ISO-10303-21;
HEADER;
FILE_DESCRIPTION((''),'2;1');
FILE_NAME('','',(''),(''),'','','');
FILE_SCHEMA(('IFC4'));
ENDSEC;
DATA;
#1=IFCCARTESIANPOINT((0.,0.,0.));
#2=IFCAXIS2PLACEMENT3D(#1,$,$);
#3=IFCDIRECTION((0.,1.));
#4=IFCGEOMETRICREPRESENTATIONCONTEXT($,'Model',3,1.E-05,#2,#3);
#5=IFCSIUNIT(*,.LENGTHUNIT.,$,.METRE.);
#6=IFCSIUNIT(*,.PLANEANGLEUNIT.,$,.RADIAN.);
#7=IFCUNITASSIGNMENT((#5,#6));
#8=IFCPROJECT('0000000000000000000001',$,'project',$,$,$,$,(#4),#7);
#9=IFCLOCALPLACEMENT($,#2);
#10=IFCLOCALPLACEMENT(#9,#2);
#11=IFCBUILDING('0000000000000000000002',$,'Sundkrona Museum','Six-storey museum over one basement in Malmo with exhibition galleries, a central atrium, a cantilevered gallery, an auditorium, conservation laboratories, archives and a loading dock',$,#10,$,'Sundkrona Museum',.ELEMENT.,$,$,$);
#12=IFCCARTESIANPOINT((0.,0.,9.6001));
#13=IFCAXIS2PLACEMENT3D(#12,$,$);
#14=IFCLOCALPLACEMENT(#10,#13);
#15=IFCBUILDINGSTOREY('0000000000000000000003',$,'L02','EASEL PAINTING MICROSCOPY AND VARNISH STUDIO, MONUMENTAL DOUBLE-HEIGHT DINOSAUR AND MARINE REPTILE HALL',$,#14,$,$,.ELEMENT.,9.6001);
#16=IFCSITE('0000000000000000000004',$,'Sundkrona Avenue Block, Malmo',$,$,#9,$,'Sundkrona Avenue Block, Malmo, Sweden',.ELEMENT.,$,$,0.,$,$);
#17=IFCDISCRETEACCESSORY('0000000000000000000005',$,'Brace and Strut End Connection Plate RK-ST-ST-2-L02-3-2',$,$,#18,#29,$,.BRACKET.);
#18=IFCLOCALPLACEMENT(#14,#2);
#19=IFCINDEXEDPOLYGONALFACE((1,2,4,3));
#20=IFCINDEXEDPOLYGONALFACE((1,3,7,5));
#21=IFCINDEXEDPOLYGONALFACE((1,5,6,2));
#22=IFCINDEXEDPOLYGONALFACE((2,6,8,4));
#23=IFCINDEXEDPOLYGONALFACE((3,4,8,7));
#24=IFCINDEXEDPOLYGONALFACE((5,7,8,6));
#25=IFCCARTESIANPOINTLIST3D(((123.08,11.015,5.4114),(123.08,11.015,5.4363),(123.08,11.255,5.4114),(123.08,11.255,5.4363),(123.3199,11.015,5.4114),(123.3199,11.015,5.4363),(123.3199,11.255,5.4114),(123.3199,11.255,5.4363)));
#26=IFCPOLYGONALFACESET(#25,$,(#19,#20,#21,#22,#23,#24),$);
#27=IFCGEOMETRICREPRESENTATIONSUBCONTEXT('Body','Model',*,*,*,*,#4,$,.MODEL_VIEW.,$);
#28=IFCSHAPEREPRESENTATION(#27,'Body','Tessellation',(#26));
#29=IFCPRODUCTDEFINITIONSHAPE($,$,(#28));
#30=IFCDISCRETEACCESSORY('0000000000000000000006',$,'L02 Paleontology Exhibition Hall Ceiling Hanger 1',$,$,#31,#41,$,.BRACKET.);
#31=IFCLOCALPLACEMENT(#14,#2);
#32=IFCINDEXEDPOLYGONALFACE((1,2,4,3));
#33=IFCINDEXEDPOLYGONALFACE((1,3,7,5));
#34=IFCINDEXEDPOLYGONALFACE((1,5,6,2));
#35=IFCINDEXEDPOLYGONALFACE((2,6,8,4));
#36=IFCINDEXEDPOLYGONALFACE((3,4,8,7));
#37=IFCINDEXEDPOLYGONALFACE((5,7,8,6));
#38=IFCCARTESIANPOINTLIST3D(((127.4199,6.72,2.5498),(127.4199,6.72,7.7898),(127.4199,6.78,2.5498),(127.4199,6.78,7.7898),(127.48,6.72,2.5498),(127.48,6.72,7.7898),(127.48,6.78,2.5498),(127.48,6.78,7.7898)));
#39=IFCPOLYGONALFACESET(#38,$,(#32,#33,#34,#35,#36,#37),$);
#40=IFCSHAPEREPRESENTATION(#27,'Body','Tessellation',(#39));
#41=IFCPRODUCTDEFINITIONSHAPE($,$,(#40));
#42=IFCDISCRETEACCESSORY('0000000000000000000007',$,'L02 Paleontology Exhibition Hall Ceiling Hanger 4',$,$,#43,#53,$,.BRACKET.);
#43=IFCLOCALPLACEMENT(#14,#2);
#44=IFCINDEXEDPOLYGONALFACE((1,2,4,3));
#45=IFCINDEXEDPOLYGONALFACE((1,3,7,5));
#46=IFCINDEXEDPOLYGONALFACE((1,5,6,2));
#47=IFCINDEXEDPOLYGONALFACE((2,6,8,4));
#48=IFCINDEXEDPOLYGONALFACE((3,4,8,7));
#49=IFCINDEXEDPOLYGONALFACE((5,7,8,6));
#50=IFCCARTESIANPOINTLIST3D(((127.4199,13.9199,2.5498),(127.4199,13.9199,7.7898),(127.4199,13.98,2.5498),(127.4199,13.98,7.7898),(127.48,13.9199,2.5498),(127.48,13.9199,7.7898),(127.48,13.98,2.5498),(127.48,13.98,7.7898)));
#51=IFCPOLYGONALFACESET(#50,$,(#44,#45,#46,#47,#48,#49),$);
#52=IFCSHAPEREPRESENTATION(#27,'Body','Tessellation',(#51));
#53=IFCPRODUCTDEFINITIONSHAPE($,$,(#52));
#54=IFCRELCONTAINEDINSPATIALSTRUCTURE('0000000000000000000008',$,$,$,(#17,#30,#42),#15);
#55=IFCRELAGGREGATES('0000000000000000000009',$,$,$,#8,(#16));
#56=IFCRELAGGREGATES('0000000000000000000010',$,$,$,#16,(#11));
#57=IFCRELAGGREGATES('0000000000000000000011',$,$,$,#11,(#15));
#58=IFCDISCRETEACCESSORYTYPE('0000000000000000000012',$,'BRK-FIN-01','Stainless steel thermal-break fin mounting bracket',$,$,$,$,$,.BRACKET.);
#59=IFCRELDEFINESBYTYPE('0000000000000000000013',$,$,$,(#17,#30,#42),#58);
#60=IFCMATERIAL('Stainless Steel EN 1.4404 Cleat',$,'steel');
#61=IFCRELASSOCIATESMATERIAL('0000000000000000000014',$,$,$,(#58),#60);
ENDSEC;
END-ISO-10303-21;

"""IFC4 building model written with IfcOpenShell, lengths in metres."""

from ifc_helpers import new_model, si_unit, direction, frame, origin, origin_2d, place, context, subcontext, project, spatial, rectangle, extrude, material, type_object, element, save


model = new_model("IFC4")

# Units and contexts
model_context = context("Model", 3, precision=1e-05, world=origin(), true_north=direction((0.0, 1.0)))
body_context = subcontext(model_context, "Body", "Model", "MODEL_VIEW")
ifc_project = project(units=[si_unit("LENGTHUNIT", "METRE"), si_unit("PLANEANGLEUNIT", "RADIAN")], contexts=[model_context])

# Site, building, storey
site_placement = place(None, origin())
site = spatial("IfcSite", under=ifc_project, at=site_placement, Name="Sundkrona Avenue Block, Malmo", LongName="Sundkrona Avenue Block, Malmo, Sweden", CompositionType="ELEMENT", RefElevation=0.0)
building_placement = place(site_placement, origin())
building = spatial("IfcBuilding", under=site, at=building_placement, Name="Sundkrona Museum", Description="Six-storey museum over one basement in Malmo with exhibition galleries, a central atrium, a cantilevered gallery, an auditorium, conservation laboratories, archives and a loading dock", LongName="Sundkrona Museum", CompositionType="ELEMENT")
storey_placement = place(building_placement, frame((0.0, 0.0, 9.6001)))
storey = spatial("IfcBuildingStorey", under=building, at=storey_placement, Name="L02", Description="EASEL PAINTING MICROSCOPY AND VARNISH STUDIO, MONUMENTAL DOUBLE-HEIGHT DINOSAUR AND MARINE REPTILE HALL", CompositionType="ELEMENT", Elevation=9.6001)

# Discrete accessories
ifc_material_1 = material(Name="Stainless Steel EN 1.4404 Cleat", Category="steel")
discrete_accessory_type = type_object("IfcDiscreteAccessoryType", Name="BRK-FIN-01", Description="Stainless steel thermal-break fin mounting bracket", PredefinedType="BRACKET", material=ifc_material_1)
for number, where, z_axis, x_axis, name in (
    (1, (123.2, 11.135, 5.4114), (0.0, 0.0, 1.0), (1.0, 0.0, 0.0), "Brace and Strut End Connection Plate RK-ST-ST-2-L02-3-2"),
):
    element("IfcDiscreteAccessory", number, at=place(storey_placement, frame(where, z_axis=z_axis, x_axis=x_axis)), inside=storey, type_object=discrete_accessory_type, Name=name, PredefinedType="BRACKET", context=body_context, shape_type="SweptSolid", body=[
        extrude(rectangle(XDim=0.24, YDim=0.24, at=origin_2d()), origin(), (0.0, 0.0, 1.0), 0.0249),
    ])
for number, where, z_axis, x_axis, name in (
    (2, (127.45, 6.75, 2.5498), (0.0, 0.0, 1.0), (1.0, 0.0, 0.0), "L02 Paleontology Exhibition Hall Ceiling Hanger 1"),
    (3, (127.45, 13.95, 2.5498), (0.0, 0.0, 1.0), (1.0, 0.0, 0.0), "L02 Paleontology Exhibition Hall Ceiling Hanger 4"),
):
    element("IfcDiscreteAccessory", number, at=place(storey_placement, frame(where, z_axis=z_axis, x_axis=x_axis)), inside=storey, type_object=discrete_accessory_type, Name=name, PredefinedType="BRACKET", context=body_context, shape_type="SweptSolid", body=[
        extrude(rectangle(XDim=0.0601, YDim=0.0601, at=origin_2d()), origin(), (0.0, 0.0, 1.0), 5.24),
    ])

save(model, "model.ifc")
